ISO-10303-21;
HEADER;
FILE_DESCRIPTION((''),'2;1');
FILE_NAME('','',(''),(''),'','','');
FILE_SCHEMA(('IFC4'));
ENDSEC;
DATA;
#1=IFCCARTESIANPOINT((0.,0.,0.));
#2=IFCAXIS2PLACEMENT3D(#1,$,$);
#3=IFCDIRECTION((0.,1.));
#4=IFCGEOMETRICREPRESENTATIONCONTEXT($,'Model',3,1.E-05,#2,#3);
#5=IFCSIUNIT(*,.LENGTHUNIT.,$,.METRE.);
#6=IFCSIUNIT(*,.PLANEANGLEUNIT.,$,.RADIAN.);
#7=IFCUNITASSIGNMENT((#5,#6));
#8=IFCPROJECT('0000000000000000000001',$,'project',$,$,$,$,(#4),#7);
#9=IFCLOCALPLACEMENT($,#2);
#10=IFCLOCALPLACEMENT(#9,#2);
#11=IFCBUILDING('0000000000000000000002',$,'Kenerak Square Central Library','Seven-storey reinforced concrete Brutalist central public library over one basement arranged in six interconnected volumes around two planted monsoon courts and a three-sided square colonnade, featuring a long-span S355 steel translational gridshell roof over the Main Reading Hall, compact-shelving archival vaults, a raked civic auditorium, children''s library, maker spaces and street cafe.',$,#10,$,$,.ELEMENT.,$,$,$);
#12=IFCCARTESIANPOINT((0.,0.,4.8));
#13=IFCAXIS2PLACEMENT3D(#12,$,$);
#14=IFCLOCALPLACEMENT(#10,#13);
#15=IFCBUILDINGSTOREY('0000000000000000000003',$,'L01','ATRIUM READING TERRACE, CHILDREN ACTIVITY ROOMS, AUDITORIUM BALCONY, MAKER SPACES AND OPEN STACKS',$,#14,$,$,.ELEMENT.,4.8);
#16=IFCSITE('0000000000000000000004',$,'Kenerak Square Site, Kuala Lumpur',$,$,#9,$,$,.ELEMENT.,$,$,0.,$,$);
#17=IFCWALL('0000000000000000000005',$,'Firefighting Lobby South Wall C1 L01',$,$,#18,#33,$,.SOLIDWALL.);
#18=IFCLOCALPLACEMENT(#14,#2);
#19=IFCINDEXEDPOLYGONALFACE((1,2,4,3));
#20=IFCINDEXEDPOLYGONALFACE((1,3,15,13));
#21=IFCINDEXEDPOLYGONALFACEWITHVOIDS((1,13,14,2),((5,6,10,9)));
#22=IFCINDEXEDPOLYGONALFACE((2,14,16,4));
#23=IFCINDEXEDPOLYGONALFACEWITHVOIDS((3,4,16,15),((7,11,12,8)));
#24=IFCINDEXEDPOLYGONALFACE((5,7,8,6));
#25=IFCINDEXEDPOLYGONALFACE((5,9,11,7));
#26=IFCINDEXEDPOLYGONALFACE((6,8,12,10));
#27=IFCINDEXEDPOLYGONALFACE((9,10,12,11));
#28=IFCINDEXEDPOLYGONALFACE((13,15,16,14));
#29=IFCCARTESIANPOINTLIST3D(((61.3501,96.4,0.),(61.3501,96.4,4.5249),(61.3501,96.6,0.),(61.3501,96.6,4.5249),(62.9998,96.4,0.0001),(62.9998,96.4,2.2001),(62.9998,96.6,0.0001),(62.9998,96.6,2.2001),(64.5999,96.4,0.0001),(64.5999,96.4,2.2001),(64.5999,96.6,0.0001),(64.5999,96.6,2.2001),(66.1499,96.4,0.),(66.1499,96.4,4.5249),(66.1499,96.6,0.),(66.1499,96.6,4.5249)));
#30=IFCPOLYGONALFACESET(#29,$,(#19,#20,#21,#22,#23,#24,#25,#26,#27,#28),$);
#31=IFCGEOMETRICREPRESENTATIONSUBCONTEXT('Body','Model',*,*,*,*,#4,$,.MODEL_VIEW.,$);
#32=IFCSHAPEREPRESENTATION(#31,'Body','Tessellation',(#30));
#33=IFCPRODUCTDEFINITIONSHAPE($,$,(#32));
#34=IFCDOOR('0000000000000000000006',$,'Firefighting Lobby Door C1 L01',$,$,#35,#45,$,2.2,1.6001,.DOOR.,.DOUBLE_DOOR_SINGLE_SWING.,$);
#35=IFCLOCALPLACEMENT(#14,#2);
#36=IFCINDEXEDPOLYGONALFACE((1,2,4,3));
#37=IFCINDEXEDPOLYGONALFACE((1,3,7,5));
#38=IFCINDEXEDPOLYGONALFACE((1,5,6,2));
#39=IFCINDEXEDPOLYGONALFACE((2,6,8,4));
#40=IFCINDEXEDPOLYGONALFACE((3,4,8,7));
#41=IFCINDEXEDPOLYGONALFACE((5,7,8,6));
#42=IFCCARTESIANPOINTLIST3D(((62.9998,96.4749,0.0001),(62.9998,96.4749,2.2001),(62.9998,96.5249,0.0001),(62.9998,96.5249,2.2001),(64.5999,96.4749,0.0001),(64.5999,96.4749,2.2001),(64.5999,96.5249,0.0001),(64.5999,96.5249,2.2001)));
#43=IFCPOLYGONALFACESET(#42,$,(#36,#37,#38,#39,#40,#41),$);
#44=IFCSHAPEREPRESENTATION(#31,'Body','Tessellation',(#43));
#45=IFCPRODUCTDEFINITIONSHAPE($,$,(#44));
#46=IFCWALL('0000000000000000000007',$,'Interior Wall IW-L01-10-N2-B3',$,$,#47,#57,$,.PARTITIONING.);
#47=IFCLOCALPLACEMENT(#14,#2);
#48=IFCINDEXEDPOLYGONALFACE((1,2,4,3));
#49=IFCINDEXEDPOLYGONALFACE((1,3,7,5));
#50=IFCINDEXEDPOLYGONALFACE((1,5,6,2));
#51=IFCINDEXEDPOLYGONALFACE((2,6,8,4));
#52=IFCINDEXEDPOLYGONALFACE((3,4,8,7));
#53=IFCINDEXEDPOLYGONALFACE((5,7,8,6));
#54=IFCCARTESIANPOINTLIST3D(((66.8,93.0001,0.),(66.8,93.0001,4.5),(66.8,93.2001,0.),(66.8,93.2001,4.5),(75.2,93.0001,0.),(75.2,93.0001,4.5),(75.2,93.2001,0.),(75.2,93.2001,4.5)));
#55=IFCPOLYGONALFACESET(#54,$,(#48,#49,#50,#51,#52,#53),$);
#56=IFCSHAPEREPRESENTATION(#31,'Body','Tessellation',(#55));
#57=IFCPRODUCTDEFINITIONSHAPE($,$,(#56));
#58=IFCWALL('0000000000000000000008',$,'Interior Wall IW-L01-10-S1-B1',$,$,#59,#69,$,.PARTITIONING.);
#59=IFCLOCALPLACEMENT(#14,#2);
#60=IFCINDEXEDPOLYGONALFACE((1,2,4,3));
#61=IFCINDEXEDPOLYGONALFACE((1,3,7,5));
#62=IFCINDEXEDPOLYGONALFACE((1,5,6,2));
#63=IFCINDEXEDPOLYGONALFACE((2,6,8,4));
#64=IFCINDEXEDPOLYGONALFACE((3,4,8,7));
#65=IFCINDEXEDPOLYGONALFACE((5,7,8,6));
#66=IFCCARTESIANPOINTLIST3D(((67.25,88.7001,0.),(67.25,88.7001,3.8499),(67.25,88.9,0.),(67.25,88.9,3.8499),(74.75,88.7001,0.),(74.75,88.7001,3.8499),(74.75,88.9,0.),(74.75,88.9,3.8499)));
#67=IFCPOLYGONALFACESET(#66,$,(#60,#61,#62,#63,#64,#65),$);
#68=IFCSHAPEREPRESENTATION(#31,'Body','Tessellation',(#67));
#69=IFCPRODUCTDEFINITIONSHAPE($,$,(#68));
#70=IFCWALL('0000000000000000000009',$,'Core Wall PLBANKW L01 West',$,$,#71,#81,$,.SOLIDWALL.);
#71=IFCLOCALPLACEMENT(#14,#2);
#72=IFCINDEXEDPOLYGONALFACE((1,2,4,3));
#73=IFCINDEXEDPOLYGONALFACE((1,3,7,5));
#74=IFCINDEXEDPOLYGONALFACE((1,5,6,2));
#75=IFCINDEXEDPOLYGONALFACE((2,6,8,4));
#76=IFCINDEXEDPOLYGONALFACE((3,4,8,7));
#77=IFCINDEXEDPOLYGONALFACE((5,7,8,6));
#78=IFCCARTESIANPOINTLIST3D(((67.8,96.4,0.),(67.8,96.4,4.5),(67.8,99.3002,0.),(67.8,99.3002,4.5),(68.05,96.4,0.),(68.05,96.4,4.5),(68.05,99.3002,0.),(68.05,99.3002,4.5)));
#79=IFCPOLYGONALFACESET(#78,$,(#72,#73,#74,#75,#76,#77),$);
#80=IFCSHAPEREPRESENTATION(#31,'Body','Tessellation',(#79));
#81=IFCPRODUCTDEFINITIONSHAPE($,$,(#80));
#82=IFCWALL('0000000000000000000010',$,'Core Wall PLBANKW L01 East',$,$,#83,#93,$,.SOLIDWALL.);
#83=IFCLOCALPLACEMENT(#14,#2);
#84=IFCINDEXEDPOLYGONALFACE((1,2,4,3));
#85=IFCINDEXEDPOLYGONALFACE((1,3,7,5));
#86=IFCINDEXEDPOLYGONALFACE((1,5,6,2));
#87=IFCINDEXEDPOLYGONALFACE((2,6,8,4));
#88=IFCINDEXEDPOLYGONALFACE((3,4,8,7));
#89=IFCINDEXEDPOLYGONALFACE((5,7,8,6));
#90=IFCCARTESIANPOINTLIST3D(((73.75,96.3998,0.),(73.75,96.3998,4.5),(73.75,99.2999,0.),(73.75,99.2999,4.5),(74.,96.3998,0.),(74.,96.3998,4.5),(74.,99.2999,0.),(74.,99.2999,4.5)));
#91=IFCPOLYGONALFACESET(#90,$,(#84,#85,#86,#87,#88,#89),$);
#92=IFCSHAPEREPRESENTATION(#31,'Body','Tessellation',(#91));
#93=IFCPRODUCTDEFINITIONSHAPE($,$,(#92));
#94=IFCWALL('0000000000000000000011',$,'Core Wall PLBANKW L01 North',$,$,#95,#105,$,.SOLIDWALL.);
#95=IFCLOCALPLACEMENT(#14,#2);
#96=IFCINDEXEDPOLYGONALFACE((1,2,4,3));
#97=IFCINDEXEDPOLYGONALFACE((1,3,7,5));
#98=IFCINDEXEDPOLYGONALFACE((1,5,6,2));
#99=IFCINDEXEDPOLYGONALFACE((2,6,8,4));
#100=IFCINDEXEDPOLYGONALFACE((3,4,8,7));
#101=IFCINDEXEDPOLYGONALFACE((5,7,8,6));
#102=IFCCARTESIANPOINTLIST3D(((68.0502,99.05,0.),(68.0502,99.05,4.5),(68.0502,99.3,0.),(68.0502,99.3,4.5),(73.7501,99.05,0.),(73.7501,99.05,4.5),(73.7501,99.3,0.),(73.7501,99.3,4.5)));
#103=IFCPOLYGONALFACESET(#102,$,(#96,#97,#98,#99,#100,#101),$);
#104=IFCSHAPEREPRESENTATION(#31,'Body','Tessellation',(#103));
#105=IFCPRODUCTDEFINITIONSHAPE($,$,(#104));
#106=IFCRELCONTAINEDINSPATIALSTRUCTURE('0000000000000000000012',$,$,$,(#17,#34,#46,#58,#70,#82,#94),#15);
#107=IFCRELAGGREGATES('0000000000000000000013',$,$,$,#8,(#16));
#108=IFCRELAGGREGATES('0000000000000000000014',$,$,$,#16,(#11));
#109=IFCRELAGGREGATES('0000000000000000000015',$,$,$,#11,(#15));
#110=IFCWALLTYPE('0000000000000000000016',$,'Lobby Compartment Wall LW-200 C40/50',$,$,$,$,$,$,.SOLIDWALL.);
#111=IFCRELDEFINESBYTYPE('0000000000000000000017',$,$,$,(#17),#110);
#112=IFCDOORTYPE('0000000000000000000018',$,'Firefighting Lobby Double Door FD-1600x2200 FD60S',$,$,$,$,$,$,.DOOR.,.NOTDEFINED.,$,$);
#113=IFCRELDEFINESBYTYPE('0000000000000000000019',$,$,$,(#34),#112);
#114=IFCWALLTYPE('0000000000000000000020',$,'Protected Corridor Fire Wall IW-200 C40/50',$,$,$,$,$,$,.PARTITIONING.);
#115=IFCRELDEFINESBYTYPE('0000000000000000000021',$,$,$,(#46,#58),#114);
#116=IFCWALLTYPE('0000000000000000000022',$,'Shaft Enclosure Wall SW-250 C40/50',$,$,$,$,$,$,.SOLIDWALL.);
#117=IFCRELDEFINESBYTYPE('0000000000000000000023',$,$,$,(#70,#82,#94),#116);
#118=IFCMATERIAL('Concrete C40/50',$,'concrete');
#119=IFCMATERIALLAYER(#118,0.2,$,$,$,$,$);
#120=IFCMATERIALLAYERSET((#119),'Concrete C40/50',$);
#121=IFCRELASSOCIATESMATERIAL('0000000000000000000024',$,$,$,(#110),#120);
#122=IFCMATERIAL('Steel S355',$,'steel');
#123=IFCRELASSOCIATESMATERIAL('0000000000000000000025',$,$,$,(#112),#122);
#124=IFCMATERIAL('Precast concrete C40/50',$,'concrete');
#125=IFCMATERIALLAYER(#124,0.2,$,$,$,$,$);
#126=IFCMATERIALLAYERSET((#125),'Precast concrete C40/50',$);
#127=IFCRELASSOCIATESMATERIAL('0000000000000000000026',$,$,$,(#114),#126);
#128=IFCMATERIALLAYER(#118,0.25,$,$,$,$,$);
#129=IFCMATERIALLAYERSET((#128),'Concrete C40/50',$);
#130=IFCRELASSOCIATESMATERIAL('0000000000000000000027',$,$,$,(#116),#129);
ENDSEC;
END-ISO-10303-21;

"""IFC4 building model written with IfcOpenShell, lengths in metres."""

from ifc_helpers import new_model, si_unit, direction, frame, frame_2d, origin, place, context, subcontext, project, spatial, rectangle, extrude, material, layer, layer_set, type_object, element, fill, save


model = new_model("IFC4")

# Units and contexts
model_context = context("Model", 3, precision=1e-05, world=origin(), true_north=direction((0.0, 1.0)))
body_context = subcontext(model_context, "Body", "Model", "MODEL_VIEW")
ifc_project = project(units=[si_unit("LENGTHUNIT", "METRE"), si_unit("PLANEANGLEUNIT", "RADIAN")], contexts=[model_context])

# Site, building, storey
site_placement = place(None, origin())
site = spatial("IfcSite", under=ifc_project, at=site_placement, Name="Kenerak Square Site, Kuala Lumpur", CompositionType="ELEMENT", RefElevation=0.0)
building_placement = place(site_placement, origin())
building = spatial("IfcBuilding", under=site, at=building_placement, Name="Kenerak Square Central Library", Description="Seven-storey reinforced concrete Brutalist central public library over one basement arranged in six interconnected volumes around two planted monsoon courts and a three-sided square colonnade, featuring a long-span S355 steel translational gridshell roof over the Main Reading Hall, compact-shelving archival vaults, a raked civic auditorium, children's library, maker spaces and street cafe.", CompositionType="ELEMENT")
storey_placement = place(building_placement, frame((0.0, 0.0, 4.8)))
storey = spatial("IfcBuildingStorey", under=building, at=storey_placement, Name="L01", Description="ATRIUM READING TERRACE, CHILDREN ACTIVITY ROOMS, AUDITORIUM BALCONY, MAKER SPACES AND OPEN STACKS", CompositionType="ELEMENT", Elevation=4.8)

# Shared definitions
ifc_material_1 = material(Name="Concrete C40/50", Category="concrete")

# Shared definitions
ifc_layer_1 = layer(ifc_material_1, 0.2)
ifc_layer_set_1 = layer_set([ifc_layer_1], Name="Concrete C40/50")
wall_type_1 = type_object("IfcWallType", Name="Lobby Compartment Wall LW-200 C40/50", PredefinedType="SOLIDWALL", material=ifc_layer_set_1)

# Wall, opening, door
wall_1_placement = place(storey_placement, frame((66.1499, 96.5, 0.0), z_axis=(0.0, 0.0, 1.0), x_axis=(-1.0, 0.0, 0.0)))
wall_1 = element("IfcWall", 1, at=wall_1_placement, inside=storey, type_object=wall_type_1, Name="Firefighting Lobby South Wall C1 L01", PredefinedType="SOLIDWALL", context=body_context, shape_type="SweptSolid", body=[
    extrude(rectangle(XDim=4.7998, YDim=0.2, at=frame_2d((2.3999, 0.0))), origin(), (0.0, 0.0, 1.0), 4.5249),
])
opening_1_placement = place(wall_1_placement, frame((1.55, 0.0, 0.0)))
opening_1 = element("IfcOpeningElement", 2, at=opening_1_placement, cuts=wall_1, PredefinedType="OPENING", context=body_context, shape_type="SweptSolid", body=[
    extrude(rectangle(XDim=1.6001, YDim=2.2, at=frame_2d((0.8, 1.1001))), frame((0.0, 0.1099, 0.0), z_axis=(0.0, -1.0, 0.0), x_axis=(1.0, 0.0, 0.0)), (0.0, 0.0, 1.0), 0.22),
])
ifc_material_2 = material(Name="Steel S355", Category="steel")
door_type_1 = type_object("IfcDoorType", Name="Firefighting Lobby Double Door FD-1600x2200 FD60S", OperationType="NOTDEFINED", PredefinedType="DOOR", material=ifc_material_2)
door_1_placement = place(opening_1_placement, frame((1.6001, 0.0, 0.0), z_axis=(0.0, 0.0, 1.0), x_axis=(-1.0, 0.0, 0.0)))
door_1 = element("IfcDoor", 3, at=door_1_placement, inside=storey, type_object=door_type_1, Name="Firefighting Lobby Door C1 L01", OperationType="DOUBLE_DOOR_SINGLE_SWING", OverallHeight=2.2, OverallWidth=1.6001, PredefinedType="DOOR", context=body_context, shape_type="SweptSolid", body=[
    extrude(rectangle(XDim=1.6001, YDim=2.2, at=frame_2d((0.8, 1.1001))), frame((0.0, 0.0249, 0.0), z_axis=(0.0, -1.0, 0.0), x_axis=(1.0, 0.0, 0.0)), (0.0, 0.0, 1.0), 0.05),
])
fill(opening_1, door_1)

# Walls
ifc_material_3 = material(Name="Precast concrete C40/50", Category="concrete")
ifc_layer_2 = layer(ifc_material_3, 0.2)
ifc_layer_set_2 = layer_set([ifc_layer_2], Name="Precast concrete C40/50")
wall_type_2 = type_object("IfcWallType", Name="Protected Corridor Fire Wall IW-200 C40/50", PredefinedType="PARTITIONING", material=ifc_layer_set_2)
wall_2_placement = place(storey_placement, frame((66.8, 93.1001, 0.0), z_axis=(0.0, 0.0, 1.0), x_axis=(1.0, 0.0, 0.0)))
element("IfcWall", 4, at=wall_2_placement, inside=storey, type_object=wall_type_2, Name="Interior Wall IW-L01-10-N2-B3", PredefinedType="PARTITIONING", context=body_context, shape_type="SweptSolid", body=[
    extrude(rectangle(XDim=8.3999, YDim=0.2, at=frame_2d((4.2, 0.0))), origin(), (0.0, 0.0, 1.0), 4.5),
])
wall_3_placement = place(storey_placement, frame((74.75, 88.8, 0.0), z_axis=(0.0, 0.0, 1.0), x_axis=(-1.0, 0.0, 0.0)))
element("IfcWall", 5, at=wall_3_placement, inside=storey, type_object=wall_type_2, Name="Interior Wall IW-L01-10-S1-B1", PredefinedType="PARTITIONING", context=body_context, shape_type="SweptSolid", body=[
    extrude(rectangle(XDim=7.5, YDim=0.2, at=frame_2d((3.75, 0.0))), origin(), (0.0, 0.0, 1.0), 3.8499),
])
ifc_layer_3 = layer(ifc_material_1, 0.25)
ifc_layer_set_3 = layer_set([ifc_layer_3], Name="Concrete C40/50")
wall_type_3 = type_object("IfcWallType", Name="Shaft Enclosure Wall SW-250 C40/50", PredefinedType="SOLIDWALL", material=ifc_layer_set_3)
for number, where, z_axis, x_axis, name in (
    (6, (67.925, 96.3999, 0.0), (0.0, 0.0, 1.0), (0.0, 1.0, 0.0), "Core Wall PLBANKW L01 West"),
    (7, (73.875, 99.3, 0.0), (0.0, 0.0, 1.0), (0.0, -1.0, 0.0), "Core Wall PLBANKW L01 East"),
):
    element("IfcWall", number, at=place(storey_placement, frame(where, z_axis=z_axis, x_axis=x_axis)), inside=storey, type_object=wall_type_3, Name=name, PredefinedType="SOLIDWALL", context=body_context, shape_type="SweptSolid", body=[
        extrude(rectangle(XDim=2.9001, YDim=0.25, at=frame_2d((1.4502, 0.0))), origin(), (0.0, 0.0, 1.0), 4.5),
    ])

# Wall
wall_4_placement = place(storey_placement, frame((68.05, 99.175, 0.0), z_axis=(0.0, 0.0, 1.0), x_axis=(1.0, 0.0, 0.0)))
element("IfcWall", 8, at=wall_4_placement, inside=storey, type_object=wall_type_3, Name="Core Wall PLBANKW L01 North", PredefinedType="SOLIDWALL", context=body_context, shape_type="SweptSolid", body=[
    extrude(rectangle(XDim=5.7, YDim=0.25, at=frame_2d((2.8501, 0.0))), origin(), (0.0, 0.0, 1.0), 4.5),
])

save(model, "model.ifc")
